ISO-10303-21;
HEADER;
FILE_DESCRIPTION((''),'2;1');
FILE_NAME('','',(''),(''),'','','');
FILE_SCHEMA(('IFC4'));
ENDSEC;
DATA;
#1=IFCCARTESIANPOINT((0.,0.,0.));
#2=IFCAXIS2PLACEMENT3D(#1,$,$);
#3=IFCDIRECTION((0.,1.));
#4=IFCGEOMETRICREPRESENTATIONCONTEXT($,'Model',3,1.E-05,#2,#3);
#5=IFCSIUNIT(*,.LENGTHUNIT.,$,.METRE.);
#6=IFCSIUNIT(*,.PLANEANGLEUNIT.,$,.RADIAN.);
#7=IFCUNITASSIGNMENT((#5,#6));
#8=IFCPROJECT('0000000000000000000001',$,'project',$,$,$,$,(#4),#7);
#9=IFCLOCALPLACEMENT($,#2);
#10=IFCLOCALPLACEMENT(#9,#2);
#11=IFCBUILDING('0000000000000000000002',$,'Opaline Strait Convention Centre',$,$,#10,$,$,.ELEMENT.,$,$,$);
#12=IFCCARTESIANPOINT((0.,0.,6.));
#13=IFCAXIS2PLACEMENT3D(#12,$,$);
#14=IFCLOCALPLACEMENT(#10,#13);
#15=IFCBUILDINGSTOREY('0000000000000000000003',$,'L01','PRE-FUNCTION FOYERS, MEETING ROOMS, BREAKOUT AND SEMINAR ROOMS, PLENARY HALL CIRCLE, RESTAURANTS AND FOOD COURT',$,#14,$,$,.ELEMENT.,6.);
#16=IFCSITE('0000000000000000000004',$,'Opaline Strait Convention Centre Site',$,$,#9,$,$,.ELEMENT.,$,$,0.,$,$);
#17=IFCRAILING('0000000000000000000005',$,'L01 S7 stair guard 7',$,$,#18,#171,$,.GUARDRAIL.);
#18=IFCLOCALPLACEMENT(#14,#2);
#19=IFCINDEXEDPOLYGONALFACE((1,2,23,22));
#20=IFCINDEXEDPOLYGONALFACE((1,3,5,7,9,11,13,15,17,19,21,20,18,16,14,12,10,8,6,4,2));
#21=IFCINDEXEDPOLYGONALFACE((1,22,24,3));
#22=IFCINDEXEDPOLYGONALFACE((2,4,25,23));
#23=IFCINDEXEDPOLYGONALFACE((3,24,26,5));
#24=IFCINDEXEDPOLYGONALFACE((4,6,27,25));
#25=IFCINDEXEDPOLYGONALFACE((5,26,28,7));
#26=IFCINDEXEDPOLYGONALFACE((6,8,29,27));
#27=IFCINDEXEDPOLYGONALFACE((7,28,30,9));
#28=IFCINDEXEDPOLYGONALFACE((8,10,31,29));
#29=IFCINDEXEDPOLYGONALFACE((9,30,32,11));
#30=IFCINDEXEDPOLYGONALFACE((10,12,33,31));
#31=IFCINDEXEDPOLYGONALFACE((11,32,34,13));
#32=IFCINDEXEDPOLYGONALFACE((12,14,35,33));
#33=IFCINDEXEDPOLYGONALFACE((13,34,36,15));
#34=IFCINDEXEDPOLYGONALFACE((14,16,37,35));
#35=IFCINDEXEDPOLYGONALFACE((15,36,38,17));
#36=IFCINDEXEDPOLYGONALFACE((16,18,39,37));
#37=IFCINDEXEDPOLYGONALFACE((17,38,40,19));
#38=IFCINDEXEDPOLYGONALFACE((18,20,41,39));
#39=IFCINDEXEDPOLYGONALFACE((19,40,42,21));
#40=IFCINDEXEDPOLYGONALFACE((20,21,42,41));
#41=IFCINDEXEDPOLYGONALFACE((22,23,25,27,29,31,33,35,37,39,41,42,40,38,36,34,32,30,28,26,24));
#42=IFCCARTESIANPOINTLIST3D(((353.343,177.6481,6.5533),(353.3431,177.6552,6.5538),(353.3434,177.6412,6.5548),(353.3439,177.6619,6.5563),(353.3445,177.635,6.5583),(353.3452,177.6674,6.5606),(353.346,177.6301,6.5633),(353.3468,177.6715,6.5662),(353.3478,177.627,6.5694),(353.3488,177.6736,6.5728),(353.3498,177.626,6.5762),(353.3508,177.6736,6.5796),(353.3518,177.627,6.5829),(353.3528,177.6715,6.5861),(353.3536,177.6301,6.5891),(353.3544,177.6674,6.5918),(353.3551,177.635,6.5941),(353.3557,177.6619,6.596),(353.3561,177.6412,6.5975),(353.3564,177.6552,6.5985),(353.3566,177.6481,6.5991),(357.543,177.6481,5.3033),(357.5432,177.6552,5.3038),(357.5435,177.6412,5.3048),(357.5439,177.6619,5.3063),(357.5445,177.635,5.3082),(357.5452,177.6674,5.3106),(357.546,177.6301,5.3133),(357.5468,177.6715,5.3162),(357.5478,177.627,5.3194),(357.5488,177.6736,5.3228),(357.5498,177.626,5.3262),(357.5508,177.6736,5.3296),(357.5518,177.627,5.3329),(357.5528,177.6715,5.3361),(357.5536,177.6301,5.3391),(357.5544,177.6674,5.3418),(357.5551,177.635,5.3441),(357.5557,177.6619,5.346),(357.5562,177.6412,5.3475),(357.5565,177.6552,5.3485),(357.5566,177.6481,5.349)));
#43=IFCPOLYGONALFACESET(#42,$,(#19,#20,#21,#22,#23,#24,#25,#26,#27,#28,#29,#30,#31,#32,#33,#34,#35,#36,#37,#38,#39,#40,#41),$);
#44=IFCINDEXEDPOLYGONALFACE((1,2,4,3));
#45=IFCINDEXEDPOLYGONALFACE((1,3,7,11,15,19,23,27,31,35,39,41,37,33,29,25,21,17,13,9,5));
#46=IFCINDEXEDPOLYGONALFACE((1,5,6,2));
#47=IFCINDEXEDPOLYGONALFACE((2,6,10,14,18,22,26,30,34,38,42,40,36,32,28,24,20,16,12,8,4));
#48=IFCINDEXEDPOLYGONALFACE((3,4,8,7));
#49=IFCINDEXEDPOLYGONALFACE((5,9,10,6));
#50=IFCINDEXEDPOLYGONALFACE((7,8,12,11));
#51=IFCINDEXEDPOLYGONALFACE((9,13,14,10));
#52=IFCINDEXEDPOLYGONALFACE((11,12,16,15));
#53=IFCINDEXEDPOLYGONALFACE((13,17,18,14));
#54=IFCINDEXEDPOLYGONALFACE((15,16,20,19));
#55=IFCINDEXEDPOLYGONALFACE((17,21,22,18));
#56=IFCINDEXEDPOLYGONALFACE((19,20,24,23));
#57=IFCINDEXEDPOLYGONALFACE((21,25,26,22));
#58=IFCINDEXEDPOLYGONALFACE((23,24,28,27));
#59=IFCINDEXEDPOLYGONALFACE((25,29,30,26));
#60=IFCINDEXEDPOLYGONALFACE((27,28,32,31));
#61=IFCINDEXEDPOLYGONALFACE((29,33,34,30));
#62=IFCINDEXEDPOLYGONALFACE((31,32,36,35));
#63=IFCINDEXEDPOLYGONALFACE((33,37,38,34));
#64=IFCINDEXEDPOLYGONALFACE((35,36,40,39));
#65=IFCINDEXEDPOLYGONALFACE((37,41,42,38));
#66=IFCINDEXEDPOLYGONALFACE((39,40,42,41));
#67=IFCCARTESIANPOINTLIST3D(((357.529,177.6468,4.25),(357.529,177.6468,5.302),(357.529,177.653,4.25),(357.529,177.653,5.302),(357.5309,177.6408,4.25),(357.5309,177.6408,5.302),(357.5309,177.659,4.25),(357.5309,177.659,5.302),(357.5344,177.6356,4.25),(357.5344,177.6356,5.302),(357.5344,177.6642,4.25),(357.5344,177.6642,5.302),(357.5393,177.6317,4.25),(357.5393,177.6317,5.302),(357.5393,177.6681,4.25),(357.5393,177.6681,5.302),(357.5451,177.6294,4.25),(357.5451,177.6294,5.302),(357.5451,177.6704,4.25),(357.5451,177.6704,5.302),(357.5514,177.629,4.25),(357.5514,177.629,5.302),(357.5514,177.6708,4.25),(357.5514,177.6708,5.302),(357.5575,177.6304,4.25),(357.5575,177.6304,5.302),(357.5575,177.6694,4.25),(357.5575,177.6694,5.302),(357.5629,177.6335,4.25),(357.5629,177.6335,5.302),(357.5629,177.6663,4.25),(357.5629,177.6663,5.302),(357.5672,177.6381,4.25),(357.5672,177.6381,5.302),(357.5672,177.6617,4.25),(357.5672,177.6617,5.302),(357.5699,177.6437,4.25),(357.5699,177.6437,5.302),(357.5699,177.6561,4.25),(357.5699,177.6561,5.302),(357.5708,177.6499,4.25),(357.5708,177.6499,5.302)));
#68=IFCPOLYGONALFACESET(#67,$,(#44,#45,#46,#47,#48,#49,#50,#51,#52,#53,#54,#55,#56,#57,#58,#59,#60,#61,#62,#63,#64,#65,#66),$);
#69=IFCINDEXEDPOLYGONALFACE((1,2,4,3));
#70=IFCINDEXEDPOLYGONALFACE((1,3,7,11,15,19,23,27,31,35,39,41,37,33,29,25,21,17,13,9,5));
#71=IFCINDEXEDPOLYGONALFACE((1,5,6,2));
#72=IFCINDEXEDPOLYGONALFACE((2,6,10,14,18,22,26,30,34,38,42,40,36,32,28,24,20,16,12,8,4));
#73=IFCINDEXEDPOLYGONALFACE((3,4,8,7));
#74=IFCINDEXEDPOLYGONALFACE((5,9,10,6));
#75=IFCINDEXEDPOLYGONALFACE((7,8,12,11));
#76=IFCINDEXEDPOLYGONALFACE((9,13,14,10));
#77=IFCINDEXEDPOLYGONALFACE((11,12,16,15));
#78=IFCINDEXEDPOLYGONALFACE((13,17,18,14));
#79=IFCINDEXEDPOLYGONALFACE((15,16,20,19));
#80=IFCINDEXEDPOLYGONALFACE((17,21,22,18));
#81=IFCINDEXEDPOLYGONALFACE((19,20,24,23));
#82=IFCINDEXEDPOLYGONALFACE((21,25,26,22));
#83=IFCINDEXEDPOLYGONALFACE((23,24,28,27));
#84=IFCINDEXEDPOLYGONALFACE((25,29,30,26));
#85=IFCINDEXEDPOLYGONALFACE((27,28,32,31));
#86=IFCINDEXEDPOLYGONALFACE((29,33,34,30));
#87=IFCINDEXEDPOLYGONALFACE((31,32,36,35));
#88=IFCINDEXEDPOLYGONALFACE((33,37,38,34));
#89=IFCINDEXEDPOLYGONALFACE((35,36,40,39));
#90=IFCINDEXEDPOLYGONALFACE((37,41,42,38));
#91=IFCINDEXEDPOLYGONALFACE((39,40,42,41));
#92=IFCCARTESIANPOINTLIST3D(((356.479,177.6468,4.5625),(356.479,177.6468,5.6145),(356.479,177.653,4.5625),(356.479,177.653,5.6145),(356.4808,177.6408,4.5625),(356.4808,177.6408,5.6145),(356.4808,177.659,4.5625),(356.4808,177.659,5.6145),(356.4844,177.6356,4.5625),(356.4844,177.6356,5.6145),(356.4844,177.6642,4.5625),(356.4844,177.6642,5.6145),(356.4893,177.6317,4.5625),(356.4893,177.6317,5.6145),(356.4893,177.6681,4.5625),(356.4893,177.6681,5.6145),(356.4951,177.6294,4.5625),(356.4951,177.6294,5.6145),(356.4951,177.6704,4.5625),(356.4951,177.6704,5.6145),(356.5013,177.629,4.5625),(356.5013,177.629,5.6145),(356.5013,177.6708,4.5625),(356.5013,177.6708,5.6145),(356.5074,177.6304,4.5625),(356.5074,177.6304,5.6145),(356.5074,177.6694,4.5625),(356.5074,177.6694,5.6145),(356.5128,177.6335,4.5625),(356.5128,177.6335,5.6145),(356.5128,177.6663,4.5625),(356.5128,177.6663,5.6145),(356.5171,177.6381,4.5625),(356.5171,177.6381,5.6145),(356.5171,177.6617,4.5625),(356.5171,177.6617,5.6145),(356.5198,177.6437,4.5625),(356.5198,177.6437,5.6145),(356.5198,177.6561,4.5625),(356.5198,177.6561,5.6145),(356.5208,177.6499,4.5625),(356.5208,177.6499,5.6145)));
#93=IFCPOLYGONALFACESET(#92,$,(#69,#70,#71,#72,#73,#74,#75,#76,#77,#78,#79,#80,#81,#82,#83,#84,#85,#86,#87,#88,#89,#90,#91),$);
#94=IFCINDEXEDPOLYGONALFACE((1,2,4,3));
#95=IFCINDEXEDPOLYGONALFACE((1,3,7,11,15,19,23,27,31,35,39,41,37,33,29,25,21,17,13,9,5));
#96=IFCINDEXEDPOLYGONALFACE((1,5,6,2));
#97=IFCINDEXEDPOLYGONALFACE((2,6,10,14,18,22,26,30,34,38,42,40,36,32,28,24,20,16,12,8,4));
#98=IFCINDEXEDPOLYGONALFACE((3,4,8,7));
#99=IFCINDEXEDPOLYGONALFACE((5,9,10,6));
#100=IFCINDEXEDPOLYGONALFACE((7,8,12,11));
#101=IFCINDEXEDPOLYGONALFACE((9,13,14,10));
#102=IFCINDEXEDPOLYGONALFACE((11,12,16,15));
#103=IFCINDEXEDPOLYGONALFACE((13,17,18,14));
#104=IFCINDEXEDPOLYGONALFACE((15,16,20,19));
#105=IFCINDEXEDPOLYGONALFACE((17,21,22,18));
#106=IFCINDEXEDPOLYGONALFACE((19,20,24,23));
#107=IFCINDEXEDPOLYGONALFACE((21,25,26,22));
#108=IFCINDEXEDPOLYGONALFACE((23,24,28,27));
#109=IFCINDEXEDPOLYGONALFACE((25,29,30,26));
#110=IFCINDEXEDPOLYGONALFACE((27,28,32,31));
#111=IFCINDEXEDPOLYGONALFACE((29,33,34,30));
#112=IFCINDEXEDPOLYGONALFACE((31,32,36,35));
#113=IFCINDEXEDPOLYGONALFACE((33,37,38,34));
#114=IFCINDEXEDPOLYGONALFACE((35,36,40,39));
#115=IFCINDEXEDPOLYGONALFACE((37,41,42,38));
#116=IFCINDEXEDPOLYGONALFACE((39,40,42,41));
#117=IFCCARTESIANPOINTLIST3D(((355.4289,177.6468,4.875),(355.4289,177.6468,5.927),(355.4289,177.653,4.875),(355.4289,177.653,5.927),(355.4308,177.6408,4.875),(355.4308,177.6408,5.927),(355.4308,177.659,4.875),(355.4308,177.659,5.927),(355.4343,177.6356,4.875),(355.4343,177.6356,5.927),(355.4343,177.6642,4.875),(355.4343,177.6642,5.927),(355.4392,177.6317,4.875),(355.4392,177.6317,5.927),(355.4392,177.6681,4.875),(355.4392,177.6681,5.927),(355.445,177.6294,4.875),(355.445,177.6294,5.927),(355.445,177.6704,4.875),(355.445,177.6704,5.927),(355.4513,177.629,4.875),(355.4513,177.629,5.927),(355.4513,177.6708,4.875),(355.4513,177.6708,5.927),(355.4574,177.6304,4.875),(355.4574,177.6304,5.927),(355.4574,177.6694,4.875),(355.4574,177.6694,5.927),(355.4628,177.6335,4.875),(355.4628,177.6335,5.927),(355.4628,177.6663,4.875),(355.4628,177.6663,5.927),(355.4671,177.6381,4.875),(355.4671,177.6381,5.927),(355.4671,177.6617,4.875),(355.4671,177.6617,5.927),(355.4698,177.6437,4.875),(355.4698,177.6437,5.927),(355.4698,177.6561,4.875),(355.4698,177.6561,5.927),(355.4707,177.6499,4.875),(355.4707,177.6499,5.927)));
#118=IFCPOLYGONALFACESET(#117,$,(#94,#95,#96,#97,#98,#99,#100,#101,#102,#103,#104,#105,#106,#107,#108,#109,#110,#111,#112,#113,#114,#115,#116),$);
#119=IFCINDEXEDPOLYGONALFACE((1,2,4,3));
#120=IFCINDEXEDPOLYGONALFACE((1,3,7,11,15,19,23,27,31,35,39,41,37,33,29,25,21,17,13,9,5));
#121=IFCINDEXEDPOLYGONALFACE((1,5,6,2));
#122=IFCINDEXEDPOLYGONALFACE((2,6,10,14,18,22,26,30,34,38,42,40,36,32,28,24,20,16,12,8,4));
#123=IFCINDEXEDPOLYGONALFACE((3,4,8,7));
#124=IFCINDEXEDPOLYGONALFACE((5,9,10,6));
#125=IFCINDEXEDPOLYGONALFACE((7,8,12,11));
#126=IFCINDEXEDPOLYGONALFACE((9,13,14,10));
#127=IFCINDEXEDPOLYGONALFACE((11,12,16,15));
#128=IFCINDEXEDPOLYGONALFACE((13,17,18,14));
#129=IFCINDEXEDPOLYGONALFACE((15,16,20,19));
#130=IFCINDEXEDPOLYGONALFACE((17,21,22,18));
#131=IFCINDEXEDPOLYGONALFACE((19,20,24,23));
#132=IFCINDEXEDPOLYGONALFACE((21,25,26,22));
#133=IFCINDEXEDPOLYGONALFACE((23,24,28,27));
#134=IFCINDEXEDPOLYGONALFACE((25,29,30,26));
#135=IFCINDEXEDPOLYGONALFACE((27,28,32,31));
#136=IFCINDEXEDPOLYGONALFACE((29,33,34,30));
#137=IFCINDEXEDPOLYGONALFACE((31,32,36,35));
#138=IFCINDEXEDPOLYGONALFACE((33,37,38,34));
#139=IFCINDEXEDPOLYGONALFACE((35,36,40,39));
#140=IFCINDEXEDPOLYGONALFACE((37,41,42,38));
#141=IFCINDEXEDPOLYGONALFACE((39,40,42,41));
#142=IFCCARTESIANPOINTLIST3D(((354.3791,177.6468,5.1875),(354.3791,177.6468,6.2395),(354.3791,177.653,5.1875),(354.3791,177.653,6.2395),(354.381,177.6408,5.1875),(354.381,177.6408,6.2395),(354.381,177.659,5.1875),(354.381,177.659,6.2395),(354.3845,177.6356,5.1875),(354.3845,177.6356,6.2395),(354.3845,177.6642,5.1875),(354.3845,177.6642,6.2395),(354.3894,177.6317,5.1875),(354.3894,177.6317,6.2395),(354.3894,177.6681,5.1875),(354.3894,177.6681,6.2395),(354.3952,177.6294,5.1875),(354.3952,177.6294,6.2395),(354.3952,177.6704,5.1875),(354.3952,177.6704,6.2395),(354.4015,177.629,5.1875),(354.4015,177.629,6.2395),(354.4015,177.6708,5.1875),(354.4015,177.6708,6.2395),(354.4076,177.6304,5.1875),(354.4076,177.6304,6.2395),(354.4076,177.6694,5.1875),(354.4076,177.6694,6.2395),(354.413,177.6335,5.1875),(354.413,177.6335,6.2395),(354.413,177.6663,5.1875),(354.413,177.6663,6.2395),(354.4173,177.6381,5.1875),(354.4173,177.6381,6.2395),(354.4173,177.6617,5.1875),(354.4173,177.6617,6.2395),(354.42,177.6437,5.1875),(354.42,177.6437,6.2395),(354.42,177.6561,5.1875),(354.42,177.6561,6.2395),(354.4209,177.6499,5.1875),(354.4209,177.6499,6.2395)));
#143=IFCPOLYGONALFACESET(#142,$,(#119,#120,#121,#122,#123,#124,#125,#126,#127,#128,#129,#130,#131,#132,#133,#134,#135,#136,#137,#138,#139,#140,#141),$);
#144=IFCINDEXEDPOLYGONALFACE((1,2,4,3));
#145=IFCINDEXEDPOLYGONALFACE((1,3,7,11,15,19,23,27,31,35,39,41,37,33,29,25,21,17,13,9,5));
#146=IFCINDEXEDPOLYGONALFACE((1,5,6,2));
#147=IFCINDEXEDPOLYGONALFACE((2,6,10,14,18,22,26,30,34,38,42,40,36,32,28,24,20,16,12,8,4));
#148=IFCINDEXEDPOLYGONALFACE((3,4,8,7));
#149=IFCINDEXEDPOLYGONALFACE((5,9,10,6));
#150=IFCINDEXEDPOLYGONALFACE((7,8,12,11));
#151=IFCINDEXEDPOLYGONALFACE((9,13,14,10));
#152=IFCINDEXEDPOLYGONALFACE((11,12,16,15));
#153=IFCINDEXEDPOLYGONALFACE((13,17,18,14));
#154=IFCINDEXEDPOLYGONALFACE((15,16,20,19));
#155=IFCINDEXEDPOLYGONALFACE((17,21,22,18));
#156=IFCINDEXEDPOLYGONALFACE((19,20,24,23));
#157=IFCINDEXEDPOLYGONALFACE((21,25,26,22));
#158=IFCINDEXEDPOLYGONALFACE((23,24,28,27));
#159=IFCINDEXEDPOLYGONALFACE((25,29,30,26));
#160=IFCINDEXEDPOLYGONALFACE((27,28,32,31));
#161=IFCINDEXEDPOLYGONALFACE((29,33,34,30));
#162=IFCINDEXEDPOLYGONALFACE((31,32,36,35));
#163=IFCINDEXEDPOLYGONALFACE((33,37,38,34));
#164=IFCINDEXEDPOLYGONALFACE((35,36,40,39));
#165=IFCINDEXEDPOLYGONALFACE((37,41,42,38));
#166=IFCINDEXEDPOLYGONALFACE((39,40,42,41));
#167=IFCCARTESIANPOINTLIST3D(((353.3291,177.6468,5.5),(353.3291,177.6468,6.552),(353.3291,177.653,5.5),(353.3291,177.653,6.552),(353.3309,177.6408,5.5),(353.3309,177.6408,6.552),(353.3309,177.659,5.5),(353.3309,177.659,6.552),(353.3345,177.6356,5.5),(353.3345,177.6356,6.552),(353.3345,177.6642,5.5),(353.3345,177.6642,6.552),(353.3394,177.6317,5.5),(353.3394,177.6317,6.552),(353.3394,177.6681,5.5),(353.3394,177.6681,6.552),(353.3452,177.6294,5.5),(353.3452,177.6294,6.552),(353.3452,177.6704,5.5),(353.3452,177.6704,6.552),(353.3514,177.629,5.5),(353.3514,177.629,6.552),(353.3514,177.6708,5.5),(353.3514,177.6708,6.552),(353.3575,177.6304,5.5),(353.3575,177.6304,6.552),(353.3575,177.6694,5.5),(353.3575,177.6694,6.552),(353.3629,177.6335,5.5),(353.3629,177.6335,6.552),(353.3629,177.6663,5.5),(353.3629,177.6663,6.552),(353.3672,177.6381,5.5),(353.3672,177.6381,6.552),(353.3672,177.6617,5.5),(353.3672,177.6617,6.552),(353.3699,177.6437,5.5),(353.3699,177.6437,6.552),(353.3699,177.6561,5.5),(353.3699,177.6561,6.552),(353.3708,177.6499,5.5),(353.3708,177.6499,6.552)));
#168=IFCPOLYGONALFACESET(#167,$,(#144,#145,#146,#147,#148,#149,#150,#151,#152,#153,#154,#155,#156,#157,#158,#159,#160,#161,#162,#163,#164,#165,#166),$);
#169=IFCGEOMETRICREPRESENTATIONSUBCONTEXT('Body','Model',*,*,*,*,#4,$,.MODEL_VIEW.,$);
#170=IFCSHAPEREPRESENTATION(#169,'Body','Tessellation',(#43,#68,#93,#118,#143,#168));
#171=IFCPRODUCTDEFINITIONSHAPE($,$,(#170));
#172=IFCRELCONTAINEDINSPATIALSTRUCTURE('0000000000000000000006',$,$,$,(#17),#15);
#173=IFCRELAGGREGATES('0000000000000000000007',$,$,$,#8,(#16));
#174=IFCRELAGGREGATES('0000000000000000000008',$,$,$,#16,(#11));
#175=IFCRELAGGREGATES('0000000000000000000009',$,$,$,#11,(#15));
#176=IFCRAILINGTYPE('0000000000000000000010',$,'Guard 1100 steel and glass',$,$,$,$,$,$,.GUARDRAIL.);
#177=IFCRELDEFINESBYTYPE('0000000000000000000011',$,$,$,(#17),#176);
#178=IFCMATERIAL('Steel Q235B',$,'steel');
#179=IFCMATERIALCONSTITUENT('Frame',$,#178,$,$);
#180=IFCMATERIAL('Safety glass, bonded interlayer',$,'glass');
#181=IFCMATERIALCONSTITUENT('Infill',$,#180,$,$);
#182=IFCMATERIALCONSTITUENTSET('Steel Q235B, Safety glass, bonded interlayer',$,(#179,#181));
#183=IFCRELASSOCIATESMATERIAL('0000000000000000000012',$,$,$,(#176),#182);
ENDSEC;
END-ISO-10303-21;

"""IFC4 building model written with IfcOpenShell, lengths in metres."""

from ifc_helpers import new_model, si_unit, direction, frame, origin, origin_2d, place, context, subcontext, project, spatial, circle, extrude, material, constituent, constituent_set, type_object, element, save


model = new_model("IFC4")

# Units and contexts
model_context = context("Model", 3, precision=1e-05, world=origin(), true_north=direction((0.0, 1.0)))
body_context = subcontext(model_context, "Body", "Model", "MODEL_VIEW")
ifc_project = project(units=[si_unit("LENGTHUNIT", "METRE"), si_unit("PLANEANGLEUNIT", "RADIAN")], contexts=[model_context])

# Site, building, storey
site_placement = place(None, origin())
site = spatial("IfcSite", under=ifc_project, at=site_placement, Name="Opaline Strait Convention Centre Site", CompositionType="ELEMENT", RefElevation=0.0)
building_placement = place(site_placement, origin())
building = spatial("IfcBuilding", under=site, at=building_placement, Name="Opaline Strait Convention Centre", CompositionType="ELEMENT")
storey_placement = place(building_placement, frame((0.0, 0.0, 6.0)))
storey = spatial("IfcBuildingStorey", under=building, at=storey_placement, Name="L01", Description="PRE-FUNCTION FOYERS, MEETING ROOMS, BREAKOUT AND SEMINAR ROOMS, PLENARY HALL CIRCLE, RESTAURANTS AND FOOD COURT", CompositionType="ELEMENT", Elevation=6.0)

# Railing
ifc_material_1 = material(Name="Steel Q235B", Category="steel")
ifc_constituent_1 = constituent(ifc_material_1, Name="Frame")
ifc_material_2 = material(Name="Safety glass, bonded interlayer", Category="glass")
ifc_constituent_2 = constituent(ifc_material_2, Name="Infill")
ifc_constituent_set = constituent_set(constituents=[ifc_constituent_1, ifc_constituent_2], Name="Steel Q235B, Safety glass, bonded interlayer")
railing_type_1 = type_object("IfcRailingType", Name="Guard 1100 steel and glass", PredefinedType="GUARDRAIL", material=ifc_constituent_set)
railing_1_placement = place(storey_placement, frame((357.5498, 177.6499, 4.25)))
element("IfcRailing", 1, at=railing_1_placement, inside=storey, type_object=railing_type_1, Name="L01 S7 stair guard 7", PredefinedType="GUARDRAIL", context=body_context, shape_type="SweptSolid", body=[
    extrude(circle(Radius=0.0239, at=origin_2d()), frame((0.0, 0.0, 1.0762), z_axis=(-0.958451, 0.0, 0.285257), x_axis=(0.0, -1.0, 0.0)), (0.0, 0.0, 1.0), 4.3821),
    extrude(circle(Radius=0.021, at=origin_2d()), origin(), (0.0, 0.0, 1.0), 1.052),
    extrude(circle(Radius=0.021, at=origin_2d()), frame((-1.05, 0.0, 0.3125)), (0.0, 0.0, 1.0), 1.052),
    extrude(circle(Radius=0.021, at=origin_2d()), frame((-2.1001, 0.0, 0.625)), (0.0, 0.0, 1.0), 1.052),
    extrude(circle(Radius=0.021, at=origin_2d()), frame((-3.1499, 0.0, 0.9375)), (0.0, 0.0, 1.0), 1.052),
    extrude(circle(Radius=0.021, at=origin_2d()), frame((-4.2, 0.0, 1.25)), (0.0, 0.0, 1.0), 1.052),
])

save(model, "model.ifc")
